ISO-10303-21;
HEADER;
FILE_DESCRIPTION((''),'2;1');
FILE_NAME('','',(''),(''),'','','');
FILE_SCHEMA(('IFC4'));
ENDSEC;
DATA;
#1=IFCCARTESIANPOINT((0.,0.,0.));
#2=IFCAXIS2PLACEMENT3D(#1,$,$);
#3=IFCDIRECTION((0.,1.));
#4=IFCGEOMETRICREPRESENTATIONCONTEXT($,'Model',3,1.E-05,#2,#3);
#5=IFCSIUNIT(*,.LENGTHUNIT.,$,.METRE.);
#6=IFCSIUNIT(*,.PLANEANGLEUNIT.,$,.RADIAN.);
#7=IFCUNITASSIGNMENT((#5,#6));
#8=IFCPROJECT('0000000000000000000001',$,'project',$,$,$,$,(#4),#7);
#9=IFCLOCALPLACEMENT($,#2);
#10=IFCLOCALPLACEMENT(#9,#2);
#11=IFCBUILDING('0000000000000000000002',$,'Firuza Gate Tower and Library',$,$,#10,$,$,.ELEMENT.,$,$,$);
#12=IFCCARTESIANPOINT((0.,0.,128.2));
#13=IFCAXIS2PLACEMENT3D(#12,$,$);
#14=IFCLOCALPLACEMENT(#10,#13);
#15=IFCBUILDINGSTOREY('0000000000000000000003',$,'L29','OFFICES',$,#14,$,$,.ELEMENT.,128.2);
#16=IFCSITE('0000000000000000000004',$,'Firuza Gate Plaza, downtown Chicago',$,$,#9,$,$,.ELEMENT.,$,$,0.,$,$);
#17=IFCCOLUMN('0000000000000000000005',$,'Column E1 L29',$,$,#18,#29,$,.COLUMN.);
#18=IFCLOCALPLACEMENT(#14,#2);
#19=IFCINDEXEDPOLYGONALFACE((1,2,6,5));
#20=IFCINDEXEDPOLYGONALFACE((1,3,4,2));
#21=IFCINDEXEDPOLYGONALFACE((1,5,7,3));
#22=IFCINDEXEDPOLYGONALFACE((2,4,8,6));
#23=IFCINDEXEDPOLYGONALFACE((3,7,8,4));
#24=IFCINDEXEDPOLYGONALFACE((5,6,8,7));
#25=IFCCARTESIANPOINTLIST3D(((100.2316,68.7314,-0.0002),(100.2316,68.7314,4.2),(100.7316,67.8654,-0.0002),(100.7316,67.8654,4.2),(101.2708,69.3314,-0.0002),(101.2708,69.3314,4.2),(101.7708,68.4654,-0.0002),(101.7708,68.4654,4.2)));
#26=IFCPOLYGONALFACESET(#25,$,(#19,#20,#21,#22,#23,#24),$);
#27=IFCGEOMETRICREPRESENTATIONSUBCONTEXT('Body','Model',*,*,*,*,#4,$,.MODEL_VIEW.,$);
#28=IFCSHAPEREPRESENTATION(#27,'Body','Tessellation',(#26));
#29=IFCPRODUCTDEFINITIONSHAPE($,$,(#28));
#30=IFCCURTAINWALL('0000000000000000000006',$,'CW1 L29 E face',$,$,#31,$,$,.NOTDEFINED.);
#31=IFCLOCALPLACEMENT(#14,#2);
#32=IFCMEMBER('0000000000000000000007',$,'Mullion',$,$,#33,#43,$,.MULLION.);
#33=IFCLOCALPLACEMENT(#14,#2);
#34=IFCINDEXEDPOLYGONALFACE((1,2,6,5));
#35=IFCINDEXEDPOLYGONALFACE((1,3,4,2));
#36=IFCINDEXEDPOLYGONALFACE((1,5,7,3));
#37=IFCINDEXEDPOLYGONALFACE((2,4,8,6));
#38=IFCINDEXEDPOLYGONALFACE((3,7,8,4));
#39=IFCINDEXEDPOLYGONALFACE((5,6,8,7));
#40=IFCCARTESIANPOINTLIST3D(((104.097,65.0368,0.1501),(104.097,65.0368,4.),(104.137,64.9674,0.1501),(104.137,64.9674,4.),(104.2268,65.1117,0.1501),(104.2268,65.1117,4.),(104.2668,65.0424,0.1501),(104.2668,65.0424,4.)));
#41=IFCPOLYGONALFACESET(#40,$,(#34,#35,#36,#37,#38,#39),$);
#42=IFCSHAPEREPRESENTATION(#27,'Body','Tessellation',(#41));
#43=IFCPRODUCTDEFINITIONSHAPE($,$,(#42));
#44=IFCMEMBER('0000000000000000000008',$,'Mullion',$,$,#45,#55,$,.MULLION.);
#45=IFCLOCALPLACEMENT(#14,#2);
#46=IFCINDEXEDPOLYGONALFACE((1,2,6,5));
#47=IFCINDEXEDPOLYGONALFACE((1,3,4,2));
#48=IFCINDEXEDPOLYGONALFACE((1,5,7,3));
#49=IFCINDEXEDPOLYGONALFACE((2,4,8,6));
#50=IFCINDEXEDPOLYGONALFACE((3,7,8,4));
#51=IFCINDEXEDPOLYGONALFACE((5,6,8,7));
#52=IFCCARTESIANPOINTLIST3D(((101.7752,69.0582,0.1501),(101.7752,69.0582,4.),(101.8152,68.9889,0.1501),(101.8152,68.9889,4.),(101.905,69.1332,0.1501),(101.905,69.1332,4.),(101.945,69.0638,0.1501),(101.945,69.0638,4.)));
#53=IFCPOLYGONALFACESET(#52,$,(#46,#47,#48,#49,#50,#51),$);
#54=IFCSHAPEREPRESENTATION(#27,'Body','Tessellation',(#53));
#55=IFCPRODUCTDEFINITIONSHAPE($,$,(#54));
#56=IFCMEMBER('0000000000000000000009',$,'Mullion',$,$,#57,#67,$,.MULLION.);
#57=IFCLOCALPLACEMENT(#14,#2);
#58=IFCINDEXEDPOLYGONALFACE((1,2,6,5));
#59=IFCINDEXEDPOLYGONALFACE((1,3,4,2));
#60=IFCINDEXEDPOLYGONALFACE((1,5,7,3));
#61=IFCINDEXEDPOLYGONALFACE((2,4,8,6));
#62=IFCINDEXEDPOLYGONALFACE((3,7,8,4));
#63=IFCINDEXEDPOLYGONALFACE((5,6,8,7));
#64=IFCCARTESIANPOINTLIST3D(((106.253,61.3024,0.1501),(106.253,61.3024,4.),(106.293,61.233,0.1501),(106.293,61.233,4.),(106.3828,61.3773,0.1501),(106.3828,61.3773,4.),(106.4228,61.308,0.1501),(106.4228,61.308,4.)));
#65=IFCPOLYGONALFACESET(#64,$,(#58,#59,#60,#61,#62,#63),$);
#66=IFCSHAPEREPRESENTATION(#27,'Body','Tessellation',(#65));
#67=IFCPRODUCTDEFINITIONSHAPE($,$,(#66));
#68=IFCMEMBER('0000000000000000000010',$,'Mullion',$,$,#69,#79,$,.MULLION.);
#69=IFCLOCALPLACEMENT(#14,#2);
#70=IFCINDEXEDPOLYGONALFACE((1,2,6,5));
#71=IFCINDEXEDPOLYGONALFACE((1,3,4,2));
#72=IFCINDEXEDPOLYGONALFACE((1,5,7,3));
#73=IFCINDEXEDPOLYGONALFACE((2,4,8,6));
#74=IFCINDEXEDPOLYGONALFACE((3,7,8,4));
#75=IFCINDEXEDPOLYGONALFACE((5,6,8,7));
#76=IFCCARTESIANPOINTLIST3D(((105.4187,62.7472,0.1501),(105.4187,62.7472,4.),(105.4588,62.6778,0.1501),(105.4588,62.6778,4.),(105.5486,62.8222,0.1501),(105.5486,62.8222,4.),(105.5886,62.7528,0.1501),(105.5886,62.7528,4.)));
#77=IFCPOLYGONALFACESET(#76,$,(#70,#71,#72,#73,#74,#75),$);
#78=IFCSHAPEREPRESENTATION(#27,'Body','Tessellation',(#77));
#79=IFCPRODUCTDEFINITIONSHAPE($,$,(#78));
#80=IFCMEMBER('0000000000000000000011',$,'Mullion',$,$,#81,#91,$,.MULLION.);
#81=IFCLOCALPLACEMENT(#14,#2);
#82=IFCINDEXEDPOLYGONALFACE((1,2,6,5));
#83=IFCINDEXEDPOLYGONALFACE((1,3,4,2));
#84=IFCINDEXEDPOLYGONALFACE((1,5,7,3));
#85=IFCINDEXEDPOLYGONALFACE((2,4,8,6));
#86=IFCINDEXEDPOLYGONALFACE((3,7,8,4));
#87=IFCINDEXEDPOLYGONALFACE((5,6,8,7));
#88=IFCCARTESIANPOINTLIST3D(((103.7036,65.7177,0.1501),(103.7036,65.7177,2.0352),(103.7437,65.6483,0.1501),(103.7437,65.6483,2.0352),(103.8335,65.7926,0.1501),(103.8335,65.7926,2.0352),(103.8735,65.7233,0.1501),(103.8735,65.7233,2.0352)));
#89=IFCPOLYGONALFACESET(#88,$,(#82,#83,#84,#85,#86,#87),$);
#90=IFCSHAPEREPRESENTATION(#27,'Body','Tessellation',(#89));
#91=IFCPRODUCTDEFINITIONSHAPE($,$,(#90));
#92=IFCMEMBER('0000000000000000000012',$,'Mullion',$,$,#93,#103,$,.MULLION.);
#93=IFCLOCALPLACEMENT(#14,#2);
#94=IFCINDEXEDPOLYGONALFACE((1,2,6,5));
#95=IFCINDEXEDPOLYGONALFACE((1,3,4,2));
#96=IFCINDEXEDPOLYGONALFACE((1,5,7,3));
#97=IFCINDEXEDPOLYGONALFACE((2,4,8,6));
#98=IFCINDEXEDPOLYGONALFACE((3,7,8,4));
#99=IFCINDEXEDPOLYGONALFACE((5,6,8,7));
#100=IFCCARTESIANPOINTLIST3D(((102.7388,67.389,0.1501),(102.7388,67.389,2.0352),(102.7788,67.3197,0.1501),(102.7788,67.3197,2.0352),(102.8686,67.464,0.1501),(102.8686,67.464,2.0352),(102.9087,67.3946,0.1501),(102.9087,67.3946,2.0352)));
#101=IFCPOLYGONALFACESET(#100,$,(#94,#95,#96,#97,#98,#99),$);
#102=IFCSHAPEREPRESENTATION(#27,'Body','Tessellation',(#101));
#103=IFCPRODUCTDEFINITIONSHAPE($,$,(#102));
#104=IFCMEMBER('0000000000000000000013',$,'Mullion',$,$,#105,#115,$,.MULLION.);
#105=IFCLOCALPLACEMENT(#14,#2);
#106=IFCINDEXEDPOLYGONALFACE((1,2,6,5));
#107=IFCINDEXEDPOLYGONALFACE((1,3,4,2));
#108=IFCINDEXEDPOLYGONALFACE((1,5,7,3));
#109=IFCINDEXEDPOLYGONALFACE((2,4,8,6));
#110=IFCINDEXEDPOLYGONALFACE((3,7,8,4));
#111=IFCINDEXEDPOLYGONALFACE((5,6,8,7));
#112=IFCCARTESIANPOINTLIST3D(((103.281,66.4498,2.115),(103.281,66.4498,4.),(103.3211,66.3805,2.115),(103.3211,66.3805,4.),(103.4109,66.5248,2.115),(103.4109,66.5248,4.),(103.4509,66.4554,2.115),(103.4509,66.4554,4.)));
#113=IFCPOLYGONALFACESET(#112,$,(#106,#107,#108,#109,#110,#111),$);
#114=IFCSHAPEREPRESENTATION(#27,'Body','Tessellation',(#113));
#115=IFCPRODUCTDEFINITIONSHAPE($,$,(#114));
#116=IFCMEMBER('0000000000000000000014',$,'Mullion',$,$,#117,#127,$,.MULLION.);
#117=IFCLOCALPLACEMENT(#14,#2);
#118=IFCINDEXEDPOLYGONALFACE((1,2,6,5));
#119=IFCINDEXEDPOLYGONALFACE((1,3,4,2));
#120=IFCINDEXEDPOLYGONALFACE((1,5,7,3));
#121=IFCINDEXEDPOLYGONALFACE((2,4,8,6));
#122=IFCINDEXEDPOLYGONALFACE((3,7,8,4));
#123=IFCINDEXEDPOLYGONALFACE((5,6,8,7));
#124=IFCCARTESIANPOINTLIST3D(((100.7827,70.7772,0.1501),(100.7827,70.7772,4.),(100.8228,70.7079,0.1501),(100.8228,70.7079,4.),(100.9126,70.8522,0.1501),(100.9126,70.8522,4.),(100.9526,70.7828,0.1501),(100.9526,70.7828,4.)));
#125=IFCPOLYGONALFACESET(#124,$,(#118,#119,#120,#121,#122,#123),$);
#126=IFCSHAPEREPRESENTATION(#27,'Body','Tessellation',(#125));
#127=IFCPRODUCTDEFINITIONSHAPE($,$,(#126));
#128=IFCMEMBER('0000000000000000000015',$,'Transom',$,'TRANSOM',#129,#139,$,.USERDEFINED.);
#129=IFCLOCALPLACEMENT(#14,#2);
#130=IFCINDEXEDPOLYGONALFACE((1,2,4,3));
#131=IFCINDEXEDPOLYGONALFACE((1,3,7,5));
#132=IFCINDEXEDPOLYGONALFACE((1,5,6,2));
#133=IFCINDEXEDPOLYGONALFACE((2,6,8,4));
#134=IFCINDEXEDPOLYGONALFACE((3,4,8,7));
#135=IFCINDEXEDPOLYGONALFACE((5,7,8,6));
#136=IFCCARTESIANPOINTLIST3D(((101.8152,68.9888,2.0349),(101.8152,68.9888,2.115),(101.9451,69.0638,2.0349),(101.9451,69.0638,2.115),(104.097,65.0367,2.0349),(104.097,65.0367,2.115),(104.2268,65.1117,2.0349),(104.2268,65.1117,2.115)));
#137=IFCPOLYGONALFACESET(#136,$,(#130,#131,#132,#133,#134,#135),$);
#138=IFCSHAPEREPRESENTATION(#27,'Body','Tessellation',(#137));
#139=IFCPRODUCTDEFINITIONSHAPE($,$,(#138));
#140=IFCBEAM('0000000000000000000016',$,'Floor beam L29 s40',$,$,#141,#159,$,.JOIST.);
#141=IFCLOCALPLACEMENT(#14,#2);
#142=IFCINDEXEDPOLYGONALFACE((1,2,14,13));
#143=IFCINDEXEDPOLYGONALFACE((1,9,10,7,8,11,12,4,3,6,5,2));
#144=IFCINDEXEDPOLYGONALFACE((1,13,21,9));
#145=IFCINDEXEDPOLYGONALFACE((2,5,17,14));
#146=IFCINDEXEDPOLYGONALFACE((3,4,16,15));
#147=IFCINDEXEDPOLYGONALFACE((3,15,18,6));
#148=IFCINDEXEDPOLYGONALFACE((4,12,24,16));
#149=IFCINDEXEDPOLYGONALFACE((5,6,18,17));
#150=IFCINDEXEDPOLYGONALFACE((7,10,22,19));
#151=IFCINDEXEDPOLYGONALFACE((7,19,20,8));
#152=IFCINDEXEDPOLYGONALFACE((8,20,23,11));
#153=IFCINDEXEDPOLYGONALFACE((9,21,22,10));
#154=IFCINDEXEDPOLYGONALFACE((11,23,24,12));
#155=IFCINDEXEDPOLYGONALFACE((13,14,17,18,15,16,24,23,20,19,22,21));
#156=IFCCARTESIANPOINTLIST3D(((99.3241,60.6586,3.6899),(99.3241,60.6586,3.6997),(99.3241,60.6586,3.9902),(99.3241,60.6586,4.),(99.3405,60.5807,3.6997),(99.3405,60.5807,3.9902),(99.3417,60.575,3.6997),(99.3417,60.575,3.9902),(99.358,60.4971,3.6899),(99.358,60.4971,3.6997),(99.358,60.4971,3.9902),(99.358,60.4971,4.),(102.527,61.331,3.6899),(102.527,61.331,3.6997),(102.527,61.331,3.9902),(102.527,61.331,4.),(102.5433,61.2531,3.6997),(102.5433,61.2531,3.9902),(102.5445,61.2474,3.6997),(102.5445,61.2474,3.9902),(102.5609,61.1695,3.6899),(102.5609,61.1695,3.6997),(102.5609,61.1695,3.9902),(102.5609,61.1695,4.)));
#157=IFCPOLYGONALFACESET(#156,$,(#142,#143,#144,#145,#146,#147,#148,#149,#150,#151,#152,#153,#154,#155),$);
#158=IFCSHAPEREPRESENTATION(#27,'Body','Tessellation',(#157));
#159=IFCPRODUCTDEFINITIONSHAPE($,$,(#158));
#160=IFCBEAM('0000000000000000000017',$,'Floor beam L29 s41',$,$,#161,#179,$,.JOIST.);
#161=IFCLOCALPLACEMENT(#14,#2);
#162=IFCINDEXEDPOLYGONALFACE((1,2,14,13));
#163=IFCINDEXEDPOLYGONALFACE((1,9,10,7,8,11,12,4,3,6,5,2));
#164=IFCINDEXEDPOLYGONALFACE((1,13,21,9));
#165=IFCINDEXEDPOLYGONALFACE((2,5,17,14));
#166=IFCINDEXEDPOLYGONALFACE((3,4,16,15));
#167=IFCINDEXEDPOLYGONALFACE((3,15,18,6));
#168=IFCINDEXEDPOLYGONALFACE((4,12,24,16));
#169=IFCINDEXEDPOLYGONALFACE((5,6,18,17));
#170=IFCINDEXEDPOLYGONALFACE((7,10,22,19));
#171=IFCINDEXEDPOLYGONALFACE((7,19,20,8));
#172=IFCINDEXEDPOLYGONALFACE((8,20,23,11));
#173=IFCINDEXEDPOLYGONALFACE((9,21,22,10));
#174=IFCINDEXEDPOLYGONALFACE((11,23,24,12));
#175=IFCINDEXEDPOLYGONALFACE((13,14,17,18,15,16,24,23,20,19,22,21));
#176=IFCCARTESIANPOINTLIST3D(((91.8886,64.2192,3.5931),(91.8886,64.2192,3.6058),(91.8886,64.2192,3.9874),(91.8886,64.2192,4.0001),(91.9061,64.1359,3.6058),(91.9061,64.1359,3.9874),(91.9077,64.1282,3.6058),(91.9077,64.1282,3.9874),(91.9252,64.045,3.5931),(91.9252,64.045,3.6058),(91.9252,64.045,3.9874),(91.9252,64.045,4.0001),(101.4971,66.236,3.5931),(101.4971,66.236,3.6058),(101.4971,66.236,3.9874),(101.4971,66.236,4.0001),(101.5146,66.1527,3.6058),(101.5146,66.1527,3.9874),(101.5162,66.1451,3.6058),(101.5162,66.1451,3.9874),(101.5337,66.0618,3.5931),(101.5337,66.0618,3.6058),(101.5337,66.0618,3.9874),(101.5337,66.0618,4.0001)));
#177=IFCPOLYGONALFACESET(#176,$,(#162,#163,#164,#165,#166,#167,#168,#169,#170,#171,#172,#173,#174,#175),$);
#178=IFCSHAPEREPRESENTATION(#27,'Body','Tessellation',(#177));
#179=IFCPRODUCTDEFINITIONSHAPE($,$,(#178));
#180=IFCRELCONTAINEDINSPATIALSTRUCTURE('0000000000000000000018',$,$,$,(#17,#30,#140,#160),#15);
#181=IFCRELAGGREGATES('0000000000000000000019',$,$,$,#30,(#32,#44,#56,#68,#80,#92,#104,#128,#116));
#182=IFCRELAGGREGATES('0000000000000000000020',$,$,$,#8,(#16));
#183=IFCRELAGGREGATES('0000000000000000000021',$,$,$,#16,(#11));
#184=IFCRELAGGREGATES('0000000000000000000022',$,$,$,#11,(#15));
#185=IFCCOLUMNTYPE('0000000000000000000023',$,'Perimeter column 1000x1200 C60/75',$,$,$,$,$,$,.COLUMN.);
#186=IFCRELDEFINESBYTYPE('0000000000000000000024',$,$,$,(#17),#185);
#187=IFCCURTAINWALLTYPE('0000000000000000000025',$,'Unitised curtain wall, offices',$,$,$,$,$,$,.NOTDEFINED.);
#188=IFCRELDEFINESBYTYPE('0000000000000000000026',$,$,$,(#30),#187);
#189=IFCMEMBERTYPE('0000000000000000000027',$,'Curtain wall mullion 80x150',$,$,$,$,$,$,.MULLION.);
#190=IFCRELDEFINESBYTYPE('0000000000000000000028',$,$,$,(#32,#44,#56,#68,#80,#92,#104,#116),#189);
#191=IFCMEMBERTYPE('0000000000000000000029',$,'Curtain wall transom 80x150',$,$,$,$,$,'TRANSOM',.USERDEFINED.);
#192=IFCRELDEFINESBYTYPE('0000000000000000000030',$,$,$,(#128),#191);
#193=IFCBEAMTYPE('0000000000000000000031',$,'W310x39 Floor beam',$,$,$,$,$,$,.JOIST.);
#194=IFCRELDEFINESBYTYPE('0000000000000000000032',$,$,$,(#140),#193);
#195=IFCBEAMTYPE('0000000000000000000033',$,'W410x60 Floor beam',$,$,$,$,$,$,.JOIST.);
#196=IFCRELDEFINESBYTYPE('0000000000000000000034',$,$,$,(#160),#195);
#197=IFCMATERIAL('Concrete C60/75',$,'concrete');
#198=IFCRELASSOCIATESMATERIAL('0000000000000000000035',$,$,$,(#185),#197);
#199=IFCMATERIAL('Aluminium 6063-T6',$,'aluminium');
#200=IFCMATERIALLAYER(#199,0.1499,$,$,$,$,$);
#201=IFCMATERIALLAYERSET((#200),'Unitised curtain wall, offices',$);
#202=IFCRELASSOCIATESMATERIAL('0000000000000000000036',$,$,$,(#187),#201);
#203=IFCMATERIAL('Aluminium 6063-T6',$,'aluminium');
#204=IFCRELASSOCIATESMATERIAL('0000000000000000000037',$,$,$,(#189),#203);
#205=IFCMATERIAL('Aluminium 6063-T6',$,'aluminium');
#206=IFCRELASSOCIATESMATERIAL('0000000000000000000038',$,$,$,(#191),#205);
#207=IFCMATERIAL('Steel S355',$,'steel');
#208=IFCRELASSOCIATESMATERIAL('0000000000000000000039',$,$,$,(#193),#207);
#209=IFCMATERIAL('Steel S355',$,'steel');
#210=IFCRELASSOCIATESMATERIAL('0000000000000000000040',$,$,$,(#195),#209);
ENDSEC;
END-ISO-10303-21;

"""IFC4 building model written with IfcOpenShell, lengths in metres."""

from ifc_helpers import new_model, si_unit, direction, frame, origin, origin_2d, place, context, subcontext, project, spatial, rectangle, i_section, extrude, material, layer, layer_set, material_profile, profile_set, type_object, element, aggregate, save


model = new_model("IFC4")

# Units and contexts
model_context = context("Model", 3, precision=1e-05, world=origin(), true_north=direction((0.0, 1.0)))
body_context = subcontext(model_context, "Body", "Model", "MODEL_VIEW")
ifc_project = project(units=[si_unit("LENGTHUNIT", "METRE"), si_unit("PLANEANGLEUNIT", "RADIAN")], contexts=[model_context])

# Site, building, storey
site_placement = place(None, origin())
site = spatial("IfcSite", under=ifc_project, at=site_placement, Name="Firuza Gate Plaza, downtown Chicago", CompositionType="ELEMENT", RefElevation=0.0)
building_placement = place(site_placement, origin())
building = spatial("IfcBuilding", under=site, at=building_placement, Name="Firuza Gate Tower and Library", CompositionType="ELEMENT")
storey_placement = place(building_placement, frame((0.0, 0.0, 128.2)))
storey = spatial("IfcBuildingStorey", under=building, at=storey_placement, Name="L29", Description="OFFICES", CompositionType="ELEMENT", Elevation=128.2)

# Column
ifc_material_1 = material(Name="Concrete C60/75", Category="concrete")
ifc_material_profile_1 = material_profile(ifc_material_1, rectangle(XDim=1.0, YDim=1.2, at=origin_2d()))
ifc_profile_set_1 = profile_set([ifc_material_profile_1], Name="Concrete C60/75")
column_type = type_object("IfcColumnType", Name="Perimeter column 1000x1200 C60/75", PredefinedType="COLUMN", material=ifc_profile_set_1)
column_placement = place(storey_placement, frame((101.0012, 68.5984, -0.0002), z_axis=(0.0, 0.0, 1.0), x_axis=(-0.5, 0.866025, 0.0)))
element("IfcColumn", 1, at=column_placement, inside=storey, type_object=column_type, Name="Column E1 L29", PredefinedType="COLUMN", context=body_context, shape_type="SweptSolid", body=[
    extrude(rectangle(XDim=1.0, YDim=1.2, at=origin_2d()), origin(), (0.0, 0.0, 1.0), 4.2002),
])

# Curtain wall, members
ifc_material_2 = material(Name="Aluminium 6063-T6", Category="aluminium")
ifc_layer_1 = layer(ifc_material_2, 0.1499)
ifc_layer_set_1 = layer_set([ifc_layer_1], Name="Unitised curtain wall, offices")
curtain_wall_type = type_object("IfcCurtainWallType", Name="Unitised curtain wall, offices", PredefinedType="NOTDEFINED", material=ifc_layer_set_1)
curtain_wall_placement = place(storey_placement, origin())
curtain_wall = element("IfcCurtainWall", 2, at=curtain_wall_placement, inside=storey, type_object=curtain_wall_type, Name="CW1 L29 E face", PredefinedType="NOTDEFINED")
ifc_material_3 = material(Name="Aluminium 6063-T6", Category="aluminium")
ifc_material_profile_2 = material_profile(ifc_material_3, rectangle(XDim=0.1499, YDim=0.0801, at=origin_2d()))
ifc_profile_set_2 = profile_set([ifc_material_profile_2], Name="Aluminium 6063-T6")
member_type_1 = type_object("IfcMemberType", Name="Curtain wall mullion 80x150", PredefinedType="MULLION", material=ifc_profile_set_2)
member_1_placement = place(storey_placement, frame((104.1819, 65.0396, 0.1501), z_axis=(0.0, 0.0, 1.0), x_axis=(-0.866025, -0.5, 0.0)))
member_1 = element("IfcMember", 3, at=member_1_placement, type_object=member_type_1, Name="Mullion", PredefinedType="MULLION", context=body_context, shape_type="SweptSolid", body=[
    extrude(rectangle(XDim=0.1499, YDim=0.0801, at=origin_2d()), origin(), (0.0, 0.0, 1.0), 3.8499),
])
member_2_placement = place(storey_placement, frame((101.8601, 69.061, 0.1501), z_axis=(0.0, 0.0, 1.0), x_axis=(-0.866025, -0.5, 0.0)))
member_2 = element("IfcMember", 4, at=member_2_placement, type_object=member_type_1, Name="Mullion", PredefinedType="MULLION", context=body_context, shape_type="SweptSolid", body=[
    extrude(rectangle(XDim=0.1499, YDim=0.0801, at=origin_2d()), origin(), (0.0, 0.0, 1.0), 3.8499),
])
member_3_placement = place(storey_placement, frame((106.3379, 61.3052, 0.1501), z_axis=(0.0, 0.0, 1.0), x_axis=(-0.866025, -0.5, 0.0)))
member_3 = element("IfcMember", 5, at=member_3_placement, type_object=member_type_1, Name="Mullion", PredefinedType="MULLION", context=body_context, shape_type="SweptSolid", body=[
    extrude(rectangle(XDim=0.1499, YDim=0.0801, at=origin_2d()), origin(), (0.0, 0.0, 1.0), 3.8499),
])
member_4_placement = place(storey_placement, frame((105.5037, 62.75, 0.1501), z_axis=(0.0, 0.0, 1.0), x_axis=(-0.866025, -0.5, 0.0)))
member_4 = element("IfcMember", 6, at=member_4_placement, type_object=member_type_1, Name="Mullion", PredefinedType="MULLION", context=body_context, shape_type="SweptSolid", body=[
    extrude(rectangle(XDim=0.1499, YDim=0.0801, at=origin_2d()), origin(), (0.0, 0.0, 1.0), 3.8499),
])
member_5_placement = place(storey_placement, frame((103.7886, 65.7205, 0.1501), z_axis=(0.0, 0.0, 1.0), x_axis=(-0.866025, -0.5, 0.0)))
member_5 = element("IfcMember", 7, at=member_5_placement, type_object=member_type_1, Name="Mullion", PredefinedType="MULLION", context=body_context, shape_type="SweptSolid", body=[
    extrude(rectangle(XDim=0.1499, YDim=0.0801, at=origin_2d()), origin(), (0.0, 0.0, 1.0), 1.885),
])
member_6_placement = place(storey_placement, frame((102.8237, 67.3918, 0.1501), z_axis=(0.0, 0.0, 1.0), x_axis=(-0.866025, -0.5, 0.0)))
member_6 = element("IfcMember", 8, at=member_6_placement, type_object=member_type_1, Name="Mullion", PredefinedType="MULLION", context=body_context, shape_type="SweptSolid", body=[
    extrude(rectangle(XDim=0.1499, YDim=0.0801, at=origin_2d()), origin(), (0.0, 0.0, 1.0), 1.885),
])
member_7_placement = place(storey_placement, frame((103.366, 66.4526, 2.115), z_axis=(0.0, 0.0, 1.0), x_axis=(-0.866025, -0.5, 0.0)))
member_7 = element("IfcMember", 9, at=member_7_placement, type_object=member_type_1, Name="Mullion", PredefinedType="MULLION", context=body_context, shape_type="SweptSolid", body=[
    extrude(rectangle(XDim=0.1499, YDim=0.0801, at=origin_2d()), origin(), (0.0, 0.0, 1.0), 1.885),
])
member_8_placement = place(storey_placement, frame((100.8677, 70.78, 0.1501), z_axis=(0.0, 0.0, 1.0), x_axis=(-0.866025, -0.5, 0.0)))
member_8 = element("IfcMember", 10, at=member_8_placement, type_object=member_type_1, Name="Mullion", PredefinedType="MULLION", context=body_context, shape_type="SweptSolid", body=[
    extrude(rectangle(XDim=0.1499, YDim=0.0801, at=origin_2d()), origin(), (0.0, 0.0, 1.0), 3.8499),
])
ifc_material_4 = material(Name="Aluminium 6063-T6", Category="aluminium")
ifc_material_profile_3 = material_profile(ifc_material_4, rectangle(XDim=0.1499, YDim=0.0801, at=origin_2d()))
ifc_profile_set_3 = profile_set([ifc_material_profile_3], Name="Aluminium 6063-T6")
member_type_2 = type_object("IfcMemberType", Name="Curtain wall transom 80x150", ElementType="TRANSOM", PredefinedType="USERDEFINED", material=ifc_profile_set_3)
member_9_placement = place(storey_placement, frame((104.1619, 65.0742, 2.075), z_axis=(-0.499994, 0.866029, 0.0), x_axis=(-0.866029, -0.499994, 0.0)))
member_9 = element("IfcMember", 11, at=member_9_placement, type_object=member_type_2, Name="Transom", ObjectType="TRANSOM", PredefinedType="USERDEFINED", context=body_context, shape_type="SweptSolid", body=[
    extrude(rectangle(XDim=0.1499, YDim=0.0801, at=origin_2d()), origin(), (0.0, 0.0, 1.0), 4.5635),
])

# Beams
ifc_material_5 = material(Name="Steel S355", Category="steel")
ifc_material_profile_4 = material_profile(ifc_material_5, i_section(OverallWidth=0.165, OverallDepth=0.3101, WebThickness=0.0059, FlangeThickness=0.0098, at=origin_2d()))
ifc_profile_set_4 = profile_set([ifc_material_profile_4], Name="Steel S355")
beam_type_1 = type_object("IfcBeamType", Name="W310x39 Floor beam", PredefinedType="JOIST", material=ifc_profile_set_4)
beam_1_placement = place(storey_placement, frame((102.5439, 61.2502, 3.845), z_axis=(-0.978668, -0.205446, 0.0), x_axis=(0.205446, -0.978668, 0.0)))
element("IfcBeam", 12, at=beam_1_placement, inside=storey, type_object=beam_type_1, Name="Floor beam L29 s40", PredefinedType="JOIST", context=body_context, shape_type="SweptSolid", body=[
    extrude(i_section(OverallWidth=0.165, OverallDepth=0.3101, WebThickness=0.0059, FlangeThickness=0.0098, at=origin_2d()), origin(), (0.0, 0.0, 1.0), 3.2727),
])
ifc_material_6 = material(Name="Steel S355", Category="steel")
ifc_material_profile_5 = material_profile(ifc_material_6, i_section(OverallWidth=0.178, OverallDepth=0.407, WebThickness=0.0078, FlangeThickness=0.0127, at=origin_2d()))
ifc_profile_set_5 = profile_set([ifc_material_profile_5], Name="Steel S355")
beam_type_2 = type_object("IfcBeamType", Name="W410x60 Floor beam", PredefinedType="JOIST", material=ifc_profile_set_5)
beam_2_placement = place(storey_placement, frame((101.5154, 66.1489, 3.7966), z_axis=(-0.978672, -0.205428, 0.0), x_axis=(0.205428, -0.978672, 0.0)))
element("IfcBeam", 13, at=beam_2_placement, inside=storey, type_object=beam_type_2, Name="Floor beam L29 s41", PredefinedType="JOIST", context=body_context, shape_type="SweptSolid", body=[
    extrude(i_section(OverallWidth=0.178, OverallDepth=0.407, WebThickness=0.0078, FlangeThickness=0.0127, at=origin_2d()), origin(), (0.0, 0.0, 1.0), 9.8179),
])

aggregate(curtain_wall, [member_1, member_2, member_3, member_4, member_5, member_6, member_7, member_9, member_8])

save(model, "model.ifc")
